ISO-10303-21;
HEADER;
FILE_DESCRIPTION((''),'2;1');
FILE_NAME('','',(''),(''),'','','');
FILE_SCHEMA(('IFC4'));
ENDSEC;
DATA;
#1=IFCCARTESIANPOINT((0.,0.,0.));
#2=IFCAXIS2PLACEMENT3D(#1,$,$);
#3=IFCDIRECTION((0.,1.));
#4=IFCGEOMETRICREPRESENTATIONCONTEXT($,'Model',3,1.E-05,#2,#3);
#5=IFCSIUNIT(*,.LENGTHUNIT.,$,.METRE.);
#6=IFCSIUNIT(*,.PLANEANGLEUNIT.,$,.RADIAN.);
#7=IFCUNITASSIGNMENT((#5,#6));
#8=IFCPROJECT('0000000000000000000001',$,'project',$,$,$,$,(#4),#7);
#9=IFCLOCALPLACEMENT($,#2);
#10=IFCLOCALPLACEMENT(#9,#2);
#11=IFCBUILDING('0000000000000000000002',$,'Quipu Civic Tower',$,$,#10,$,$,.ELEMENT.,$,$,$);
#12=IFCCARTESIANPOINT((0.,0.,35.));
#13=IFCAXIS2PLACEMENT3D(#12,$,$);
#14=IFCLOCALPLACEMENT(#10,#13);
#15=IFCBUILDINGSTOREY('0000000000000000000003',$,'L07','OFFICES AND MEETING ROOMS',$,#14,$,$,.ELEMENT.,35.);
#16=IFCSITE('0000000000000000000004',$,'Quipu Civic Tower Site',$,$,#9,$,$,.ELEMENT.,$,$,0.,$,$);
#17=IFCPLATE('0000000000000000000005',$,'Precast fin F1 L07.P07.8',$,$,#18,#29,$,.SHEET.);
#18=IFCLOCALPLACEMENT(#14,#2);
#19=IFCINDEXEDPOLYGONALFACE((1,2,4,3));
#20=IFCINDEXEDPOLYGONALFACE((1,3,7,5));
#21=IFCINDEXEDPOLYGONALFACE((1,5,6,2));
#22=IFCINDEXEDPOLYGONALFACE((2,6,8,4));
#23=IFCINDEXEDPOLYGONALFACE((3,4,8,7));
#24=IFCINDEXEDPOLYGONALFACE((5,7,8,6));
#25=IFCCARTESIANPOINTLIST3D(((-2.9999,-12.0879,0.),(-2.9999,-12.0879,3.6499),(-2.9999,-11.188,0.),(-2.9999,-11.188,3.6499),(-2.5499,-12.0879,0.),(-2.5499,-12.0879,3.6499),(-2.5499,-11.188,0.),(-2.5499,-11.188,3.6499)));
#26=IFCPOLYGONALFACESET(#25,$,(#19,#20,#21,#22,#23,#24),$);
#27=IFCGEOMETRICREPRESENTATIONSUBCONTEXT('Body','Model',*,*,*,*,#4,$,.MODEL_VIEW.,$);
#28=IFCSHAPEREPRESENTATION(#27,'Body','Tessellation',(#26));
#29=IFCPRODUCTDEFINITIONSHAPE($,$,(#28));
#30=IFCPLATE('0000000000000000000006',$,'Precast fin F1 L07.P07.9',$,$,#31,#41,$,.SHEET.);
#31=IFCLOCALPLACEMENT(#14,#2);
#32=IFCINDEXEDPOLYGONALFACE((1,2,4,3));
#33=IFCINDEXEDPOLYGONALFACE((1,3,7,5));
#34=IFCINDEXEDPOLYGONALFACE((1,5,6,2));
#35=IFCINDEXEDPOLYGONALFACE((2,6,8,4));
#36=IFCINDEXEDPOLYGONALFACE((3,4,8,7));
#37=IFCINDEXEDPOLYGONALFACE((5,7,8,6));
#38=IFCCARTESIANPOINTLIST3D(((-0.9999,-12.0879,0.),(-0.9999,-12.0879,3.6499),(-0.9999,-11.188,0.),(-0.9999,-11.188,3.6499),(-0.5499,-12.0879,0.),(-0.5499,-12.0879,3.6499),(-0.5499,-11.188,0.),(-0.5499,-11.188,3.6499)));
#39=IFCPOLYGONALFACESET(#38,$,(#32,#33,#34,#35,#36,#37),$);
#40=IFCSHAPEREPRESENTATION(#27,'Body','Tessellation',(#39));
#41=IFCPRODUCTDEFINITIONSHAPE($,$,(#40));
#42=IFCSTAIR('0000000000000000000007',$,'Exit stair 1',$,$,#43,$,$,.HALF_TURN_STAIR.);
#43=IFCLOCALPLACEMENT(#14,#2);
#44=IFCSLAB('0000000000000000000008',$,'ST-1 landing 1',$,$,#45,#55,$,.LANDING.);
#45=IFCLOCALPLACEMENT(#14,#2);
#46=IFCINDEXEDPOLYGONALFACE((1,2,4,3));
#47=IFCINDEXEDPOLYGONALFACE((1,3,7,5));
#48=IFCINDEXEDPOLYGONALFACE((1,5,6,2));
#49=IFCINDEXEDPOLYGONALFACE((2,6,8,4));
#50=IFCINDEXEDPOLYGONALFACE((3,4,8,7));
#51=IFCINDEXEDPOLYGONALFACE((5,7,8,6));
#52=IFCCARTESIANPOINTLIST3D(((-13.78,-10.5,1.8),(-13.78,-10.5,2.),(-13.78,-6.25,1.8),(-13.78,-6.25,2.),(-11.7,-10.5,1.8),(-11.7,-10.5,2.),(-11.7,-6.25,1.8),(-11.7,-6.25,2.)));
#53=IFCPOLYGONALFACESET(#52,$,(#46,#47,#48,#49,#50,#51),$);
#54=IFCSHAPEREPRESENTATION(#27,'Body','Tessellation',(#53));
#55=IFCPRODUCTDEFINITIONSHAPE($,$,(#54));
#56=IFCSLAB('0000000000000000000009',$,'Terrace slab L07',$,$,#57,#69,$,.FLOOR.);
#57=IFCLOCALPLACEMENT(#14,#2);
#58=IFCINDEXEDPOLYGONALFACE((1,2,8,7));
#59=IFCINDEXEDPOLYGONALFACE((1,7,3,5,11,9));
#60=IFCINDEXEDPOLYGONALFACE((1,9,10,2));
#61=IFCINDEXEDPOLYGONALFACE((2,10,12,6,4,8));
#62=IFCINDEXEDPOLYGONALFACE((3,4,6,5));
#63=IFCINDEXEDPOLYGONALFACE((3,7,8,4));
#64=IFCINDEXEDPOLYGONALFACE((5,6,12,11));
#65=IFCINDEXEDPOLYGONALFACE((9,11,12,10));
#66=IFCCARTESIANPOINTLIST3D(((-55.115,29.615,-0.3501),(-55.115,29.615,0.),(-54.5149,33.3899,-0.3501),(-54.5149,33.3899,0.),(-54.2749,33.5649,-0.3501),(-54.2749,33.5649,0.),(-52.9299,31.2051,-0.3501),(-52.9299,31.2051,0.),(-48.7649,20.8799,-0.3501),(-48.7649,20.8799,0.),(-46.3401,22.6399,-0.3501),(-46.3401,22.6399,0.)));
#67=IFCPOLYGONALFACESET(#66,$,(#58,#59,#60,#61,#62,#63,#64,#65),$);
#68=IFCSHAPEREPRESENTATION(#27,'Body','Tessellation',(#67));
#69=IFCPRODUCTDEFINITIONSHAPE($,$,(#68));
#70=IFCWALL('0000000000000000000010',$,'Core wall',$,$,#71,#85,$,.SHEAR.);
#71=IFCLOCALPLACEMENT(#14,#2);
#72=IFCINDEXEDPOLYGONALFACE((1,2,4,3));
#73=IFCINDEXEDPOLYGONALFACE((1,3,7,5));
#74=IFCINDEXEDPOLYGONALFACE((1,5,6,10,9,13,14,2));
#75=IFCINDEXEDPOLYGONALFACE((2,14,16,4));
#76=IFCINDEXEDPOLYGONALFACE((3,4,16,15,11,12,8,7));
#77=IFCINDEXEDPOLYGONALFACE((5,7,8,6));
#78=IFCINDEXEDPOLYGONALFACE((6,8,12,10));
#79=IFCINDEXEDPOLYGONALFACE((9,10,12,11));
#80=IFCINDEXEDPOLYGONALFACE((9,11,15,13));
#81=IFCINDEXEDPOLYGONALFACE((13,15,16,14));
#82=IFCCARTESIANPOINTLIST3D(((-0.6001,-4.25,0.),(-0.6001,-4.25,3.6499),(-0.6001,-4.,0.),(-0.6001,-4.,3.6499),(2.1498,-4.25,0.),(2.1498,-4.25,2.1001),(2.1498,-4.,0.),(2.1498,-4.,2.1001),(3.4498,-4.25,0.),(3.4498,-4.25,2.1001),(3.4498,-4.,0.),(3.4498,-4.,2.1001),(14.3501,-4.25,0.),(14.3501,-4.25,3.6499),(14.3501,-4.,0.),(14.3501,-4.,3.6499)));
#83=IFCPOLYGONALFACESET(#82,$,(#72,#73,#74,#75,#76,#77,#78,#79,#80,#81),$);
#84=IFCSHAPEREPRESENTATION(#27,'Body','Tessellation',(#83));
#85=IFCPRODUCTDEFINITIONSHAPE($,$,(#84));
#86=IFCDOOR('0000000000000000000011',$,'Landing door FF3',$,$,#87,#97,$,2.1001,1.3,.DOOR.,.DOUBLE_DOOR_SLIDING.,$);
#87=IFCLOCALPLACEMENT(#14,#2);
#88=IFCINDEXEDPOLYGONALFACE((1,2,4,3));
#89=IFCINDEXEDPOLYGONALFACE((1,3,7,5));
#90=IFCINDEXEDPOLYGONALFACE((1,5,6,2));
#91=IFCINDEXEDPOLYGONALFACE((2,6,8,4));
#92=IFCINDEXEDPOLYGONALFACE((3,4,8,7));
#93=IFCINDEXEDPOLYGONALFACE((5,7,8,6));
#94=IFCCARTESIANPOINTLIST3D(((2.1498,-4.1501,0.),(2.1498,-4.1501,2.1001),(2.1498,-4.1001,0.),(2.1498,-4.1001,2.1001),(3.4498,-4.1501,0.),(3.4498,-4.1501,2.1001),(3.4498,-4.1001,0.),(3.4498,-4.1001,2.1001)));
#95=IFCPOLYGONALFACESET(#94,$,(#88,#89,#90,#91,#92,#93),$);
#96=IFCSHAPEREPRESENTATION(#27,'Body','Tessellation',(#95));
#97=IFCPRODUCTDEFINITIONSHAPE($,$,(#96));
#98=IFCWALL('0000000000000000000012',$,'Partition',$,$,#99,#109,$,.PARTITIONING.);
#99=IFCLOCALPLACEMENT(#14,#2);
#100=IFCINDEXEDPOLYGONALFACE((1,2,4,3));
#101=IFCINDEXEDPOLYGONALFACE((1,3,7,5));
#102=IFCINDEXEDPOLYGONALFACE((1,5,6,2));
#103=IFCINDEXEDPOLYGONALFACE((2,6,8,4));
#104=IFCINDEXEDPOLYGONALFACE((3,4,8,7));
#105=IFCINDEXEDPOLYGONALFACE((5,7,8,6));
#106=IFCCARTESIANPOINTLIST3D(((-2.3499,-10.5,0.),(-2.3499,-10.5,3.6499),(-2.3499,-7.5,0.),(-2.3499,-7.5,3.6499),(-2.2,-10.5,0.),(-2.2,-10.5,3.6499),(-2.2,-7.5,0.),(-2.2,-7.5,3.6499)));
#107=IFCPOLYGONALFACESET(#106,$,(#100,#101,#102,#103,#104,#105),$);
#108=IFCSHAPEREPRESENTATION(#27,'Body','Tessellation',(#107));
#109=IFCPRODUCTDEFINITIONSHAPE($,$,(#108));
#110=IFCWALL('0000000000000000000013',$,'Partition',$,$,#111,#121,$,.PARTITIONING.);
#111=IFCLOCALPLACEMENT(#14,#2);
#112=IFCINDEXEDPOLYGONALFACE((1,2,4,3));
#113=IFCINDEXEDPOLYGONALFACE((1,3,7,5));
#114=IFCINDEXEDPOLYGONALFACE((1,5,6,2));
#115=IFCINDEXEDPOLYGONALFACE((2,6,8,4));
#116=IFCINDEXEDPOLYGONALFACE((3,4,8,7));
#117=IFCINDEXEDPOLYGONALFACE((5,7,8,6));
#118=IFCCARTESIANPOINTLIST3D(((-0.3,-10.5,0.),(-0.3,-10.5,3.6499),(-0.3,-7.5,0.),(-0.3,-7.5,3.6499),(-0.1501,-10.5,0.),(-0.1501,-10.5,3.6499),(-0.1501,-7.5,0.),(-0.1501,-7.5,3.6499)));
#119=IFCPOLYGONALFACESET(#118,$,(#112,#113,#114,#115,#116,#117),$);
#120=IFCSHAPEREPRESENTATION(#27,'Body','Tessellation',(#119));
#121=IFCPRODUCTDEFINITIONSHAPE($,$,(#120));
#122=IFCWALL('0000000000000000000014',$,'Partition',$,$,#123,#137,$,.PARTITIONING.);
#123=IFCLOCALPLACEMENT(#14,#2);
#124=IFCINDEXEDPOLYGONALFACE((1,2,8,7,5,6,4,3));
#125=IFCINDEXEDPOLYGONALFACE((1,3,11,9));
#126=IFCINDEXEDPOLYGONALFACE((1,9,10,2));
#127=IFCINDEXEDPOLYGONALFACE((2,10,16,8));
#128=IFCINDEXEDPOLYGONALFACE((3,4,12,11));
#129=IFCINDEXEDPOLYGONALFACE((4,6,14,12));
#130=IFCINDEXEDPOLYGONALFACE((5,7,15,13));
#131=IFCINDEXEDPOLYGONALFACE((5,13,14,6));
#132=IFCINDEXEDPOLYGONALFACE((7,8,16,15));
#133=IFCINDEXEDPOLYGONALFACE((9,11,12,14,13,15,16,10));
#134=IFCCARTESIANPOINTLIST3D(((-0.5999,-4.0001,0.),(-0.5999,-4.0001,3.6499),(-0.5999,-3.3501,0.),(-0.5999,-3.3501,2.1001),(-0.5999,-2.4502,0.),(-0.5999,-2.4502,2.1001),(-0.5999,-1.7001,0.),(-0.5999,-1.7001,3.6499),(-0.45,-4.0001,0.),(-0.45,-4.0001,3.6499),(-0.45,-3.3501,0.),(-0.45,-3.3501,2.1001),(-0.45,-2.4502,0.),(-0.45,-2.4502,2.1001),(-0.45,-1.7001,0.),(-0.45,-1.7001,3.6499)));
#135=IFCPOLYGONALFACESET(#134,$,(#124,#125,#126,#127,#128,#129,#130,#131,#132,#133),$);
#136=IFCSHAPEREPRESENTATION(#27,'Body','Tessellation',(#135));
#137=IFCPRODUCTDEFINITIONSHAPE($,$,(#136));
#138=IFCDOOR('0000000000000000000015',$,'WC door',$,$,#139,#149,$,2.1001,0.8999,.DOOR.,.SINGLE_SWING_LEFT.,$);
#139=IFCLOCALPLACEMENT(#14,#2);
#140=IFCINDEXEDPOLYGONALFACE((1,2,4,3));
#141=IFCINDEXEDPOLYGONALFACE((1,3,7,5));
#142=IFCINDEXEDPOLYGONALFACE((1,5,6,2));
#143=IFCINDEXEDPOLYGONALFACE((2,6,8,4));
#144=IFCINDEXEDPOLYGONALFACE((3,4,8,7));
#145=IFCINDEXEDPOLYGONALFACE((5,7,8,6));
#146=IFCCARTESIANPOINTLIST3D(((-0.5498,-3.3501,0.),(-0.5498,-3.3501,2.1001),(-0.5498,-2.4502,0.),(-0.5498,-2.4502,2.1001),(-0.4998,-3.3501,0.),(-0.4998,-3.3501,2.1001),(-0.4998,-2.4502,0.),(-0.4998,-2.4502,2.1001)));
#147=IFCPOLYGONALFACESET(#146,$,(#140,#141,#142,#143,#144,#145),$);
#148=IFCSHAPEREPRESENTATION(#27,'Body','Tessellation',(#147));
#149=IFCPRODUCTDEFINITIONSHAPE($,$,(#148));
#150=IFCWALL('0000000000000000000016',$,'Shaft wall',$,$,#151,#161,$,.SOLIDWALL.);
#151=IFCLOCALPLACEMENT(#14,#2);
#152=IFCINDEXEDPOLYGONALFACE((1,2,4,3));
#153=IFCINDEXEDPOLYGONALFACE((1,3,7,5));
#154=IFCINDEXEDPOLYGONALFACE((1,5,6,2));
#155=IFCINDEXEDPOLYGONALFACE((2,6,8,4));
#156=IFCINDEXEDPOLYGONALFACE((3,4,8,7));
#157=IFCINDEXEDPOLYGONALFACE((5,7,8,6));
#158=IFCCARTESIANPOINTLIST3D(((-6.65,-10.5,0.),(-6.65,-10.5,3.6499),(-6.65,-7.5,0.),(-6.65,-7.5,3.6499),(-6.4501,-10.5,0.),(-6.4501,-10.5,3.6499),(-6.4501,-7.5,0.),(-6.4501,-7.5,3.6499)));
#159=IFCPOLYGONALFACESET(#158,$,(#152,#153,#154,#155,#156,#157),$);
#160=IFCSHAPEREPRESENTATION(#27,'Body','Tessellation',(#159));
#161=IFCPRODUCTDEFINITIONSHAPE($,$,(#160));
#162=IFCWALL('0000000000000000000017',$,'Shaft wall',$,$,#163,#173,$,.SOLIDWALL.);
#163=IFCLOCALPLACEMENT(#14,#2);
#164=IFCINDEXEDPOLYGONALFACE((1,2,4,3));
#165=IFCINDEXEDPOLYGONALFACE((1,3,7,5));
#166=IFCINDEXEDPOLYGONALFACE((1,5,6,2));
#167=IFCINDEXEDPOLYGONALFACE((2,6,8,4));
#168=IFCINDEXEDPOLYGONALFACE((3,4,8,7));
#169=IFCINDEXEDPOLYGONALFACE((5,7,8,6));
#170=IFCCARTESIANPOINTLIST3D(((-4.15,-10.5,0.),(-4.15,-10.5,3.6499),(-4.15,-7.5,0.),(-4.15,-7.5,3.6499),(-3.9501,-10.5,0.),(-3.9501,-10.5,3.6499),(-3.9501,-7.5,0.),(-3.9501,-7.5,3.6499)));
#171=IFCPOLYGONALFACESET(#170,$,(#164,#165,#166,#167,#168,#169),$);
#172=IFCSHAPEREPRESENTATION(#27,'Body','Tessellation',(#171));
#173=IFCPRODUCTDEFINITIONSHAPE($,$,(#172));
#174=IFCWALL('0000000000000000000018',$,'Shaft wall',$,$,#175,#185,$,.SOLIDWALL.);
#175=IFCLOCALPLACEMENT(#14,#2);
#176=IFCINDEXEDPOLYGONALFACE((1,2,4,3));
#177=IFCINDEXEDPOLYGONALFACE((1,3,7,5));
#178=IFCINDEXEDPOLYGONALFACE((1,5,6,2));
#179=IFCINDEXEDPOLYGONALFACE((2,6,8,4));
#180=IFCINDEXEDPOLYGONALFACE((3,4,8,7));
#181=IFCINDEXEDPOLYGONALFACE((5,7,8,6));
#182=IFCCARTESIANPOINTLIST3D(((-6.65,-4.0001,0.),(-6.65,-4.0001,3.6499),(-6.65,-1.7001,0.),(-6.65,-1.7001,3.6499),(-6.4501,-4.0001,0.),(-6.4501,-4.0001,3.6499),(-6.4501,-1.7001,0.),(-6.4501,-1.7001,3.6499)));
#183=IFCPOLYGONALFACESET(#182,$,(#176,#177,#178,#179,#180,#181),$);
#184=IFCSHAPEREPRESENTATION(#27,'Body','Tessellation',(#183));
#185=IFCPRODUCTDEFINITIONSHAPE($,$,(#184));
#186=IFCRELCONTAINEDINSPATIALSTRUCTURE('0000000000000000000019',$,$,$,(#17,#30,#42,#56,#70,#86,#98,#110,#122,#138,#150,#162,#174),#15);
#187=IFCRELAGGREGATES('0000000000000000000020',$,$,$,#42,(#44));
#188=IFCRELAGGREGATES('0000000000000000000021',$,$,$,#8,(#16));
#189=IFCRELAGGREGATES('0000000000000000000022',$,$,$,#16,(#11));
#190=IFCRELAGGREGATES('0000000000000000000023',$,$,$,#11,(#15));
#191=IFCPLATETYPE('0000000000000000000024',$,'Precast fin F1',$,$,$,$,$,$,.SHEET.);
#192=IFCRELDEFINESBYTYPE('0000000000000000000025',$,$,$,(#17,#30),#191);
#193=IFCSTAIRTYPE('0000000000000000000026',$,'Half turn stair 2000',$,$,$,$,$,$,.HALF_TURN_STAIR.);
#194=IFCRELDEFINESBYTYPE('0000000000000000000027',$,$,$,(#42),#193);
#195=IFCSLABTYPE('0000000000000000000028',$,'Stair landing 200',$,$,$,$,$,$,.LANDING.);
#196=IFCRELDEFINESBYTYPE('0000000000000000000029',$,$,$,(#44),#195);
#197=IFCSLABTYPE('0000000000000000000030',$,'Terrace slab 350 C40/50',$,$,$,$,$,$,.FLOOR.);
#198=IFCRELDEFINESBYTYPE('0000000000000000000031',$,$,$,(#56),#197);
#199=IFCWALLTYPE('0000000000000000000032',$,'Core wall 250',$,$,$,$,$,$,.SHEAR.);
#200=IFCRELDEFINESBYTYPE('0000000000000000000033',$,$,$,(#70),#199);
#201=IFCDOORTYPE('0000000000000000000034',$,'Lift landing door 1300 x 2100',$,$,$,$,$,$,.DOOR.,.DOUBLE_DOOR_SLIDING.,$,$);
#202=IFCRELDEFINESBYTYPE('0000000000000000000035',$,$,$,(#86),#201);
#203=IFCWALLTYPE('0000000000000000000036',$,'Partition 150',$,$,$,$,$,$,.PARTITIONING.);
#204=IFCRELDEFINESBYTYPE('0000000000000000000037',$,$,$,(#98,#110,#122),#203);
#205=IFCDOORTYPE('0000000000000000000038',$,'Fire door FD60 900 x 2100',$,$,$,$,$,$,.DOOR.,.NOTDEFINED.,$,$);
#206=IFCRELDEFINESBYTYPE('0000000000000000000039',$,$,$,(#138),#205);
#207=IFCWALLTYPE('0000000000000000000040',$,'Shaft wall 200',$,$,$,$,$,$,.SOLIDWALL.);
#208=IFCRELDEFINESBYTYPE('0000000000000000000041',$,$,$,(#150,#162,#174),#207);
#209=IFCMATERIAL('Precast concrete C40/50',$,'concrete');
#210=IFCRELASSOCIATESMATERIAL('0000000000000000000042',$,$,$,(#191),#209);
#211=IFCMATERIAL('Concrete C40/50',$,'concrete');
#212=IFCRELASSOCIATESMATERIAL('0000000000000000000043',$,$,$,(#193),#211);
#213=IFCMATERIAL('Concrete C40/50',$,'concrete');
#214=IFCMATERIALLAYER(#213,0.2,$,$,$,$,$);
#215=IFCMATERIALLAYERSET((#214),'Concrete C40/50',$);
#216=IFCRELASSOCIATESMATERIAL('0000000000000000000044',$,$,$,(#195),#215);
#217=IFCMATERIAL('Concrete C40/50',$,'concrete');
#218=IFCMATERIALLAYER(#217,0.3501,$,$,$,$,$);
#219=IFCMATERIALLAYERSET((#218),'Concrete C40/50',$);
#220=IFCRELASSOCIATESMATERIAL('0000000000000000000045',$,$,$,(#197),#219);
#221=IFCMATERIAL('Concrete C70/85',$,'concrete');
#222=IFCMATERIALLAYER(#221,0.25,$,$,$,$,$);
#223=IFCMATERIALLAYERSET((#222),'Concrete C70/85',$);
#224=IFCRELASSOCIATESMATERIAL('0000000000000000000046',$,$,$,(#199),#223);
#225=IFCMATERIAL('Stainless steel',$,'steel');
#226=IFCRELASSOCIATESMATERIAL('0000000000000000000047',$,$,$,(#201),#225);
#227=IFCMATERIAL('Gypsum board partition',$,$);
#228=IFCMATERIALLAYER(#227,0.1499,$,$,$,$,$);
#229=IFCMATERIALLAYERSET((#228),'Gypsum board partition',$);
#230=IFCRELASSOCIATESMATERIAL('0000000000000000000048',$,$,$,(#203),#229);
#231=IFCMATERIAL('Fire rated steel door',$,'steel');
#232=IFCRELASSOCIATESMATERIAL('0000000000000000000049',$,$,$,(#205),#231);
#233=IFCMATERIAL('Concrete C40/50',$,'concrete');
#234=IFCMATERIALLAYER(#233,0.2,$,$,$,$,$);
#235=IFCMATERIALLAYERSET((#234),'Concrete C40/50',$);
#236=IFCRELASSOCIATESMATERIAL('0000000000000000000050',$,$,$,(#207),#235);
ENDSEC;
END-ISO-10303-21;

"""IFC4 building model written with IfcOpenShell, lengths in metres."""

from ifc_helpers import new_model, si_unit, direction, frame, frame_2d, origin, origin_2d, place, context, subcontext, project, spatial, polyline, rectangle, outline, extrude, material, layer, layer_set, type_object, element, fill, aggregate, save


model = new_model("IFC4")

# Units and contexts
model_context = context("Model", 3, precision=1e-05, world=origin(), true_north=direction((0.0, 1.0)))
body_context = subcontext(model_context, "Body", "Model", "MODEL_VIEW")
ifc_project = project(units=[si_unit("LENGTHUNIT", "METRE"), si_unit("PLANEANGLEUNIT", "RADIAN")], contexts=[model_context])

# Site, building, storey
site_placement = place(None, origin())
site = spatial("IfcSite", under=ifc_project, at=site_placement, Name="Quipu Civic Tower Site", CompositionType="ELEMENT", RefElevation=0.0)
building_placement = place(site_placement, origin())
building = spatial("IfcBuilding", under=site, at=building_placement, Name="Quipu Civic Tower", CompositionType="ELEMENT")
storey_placement = place(building_placement, frame((0.0, 0.0, 35.0)))
storey = spatial("IfcBuildingStorey", under=building, at=storey_placement, Name="L07", Description="OFFICES AND MEETING ROOMS", CompositionType="ELEMENT", Elevation=35.0)

# Plates
ifc_material_1 = material(Name="Precast concrete C40/50", Category="concrete")
plate_type = type_object("IfcPlateType", Name="Precast fin F1", PredefinedType="SHEET", material=ifc_material_1)
for number, where, z_axis, x_axis, name in (
    (1, (-2.7749, -11.6379, 0.0), (0.0, 0.0, 1.0), (1.0, 0.0, 0.0), "Precast fin F1 L07.P07.8"),
    (2, (-0.7749, -11.6379, 0.0), (0.0, 0.0, 1.0), (1.0, 0.0, 0.0), "Precast fin F1 L07.P07.9"),
):
    element("IfcPlate", number, at=place(storey_placement, frame(where, z_axis=z_axis, x_axis=x_axis)), inside=storey, type_object=plate_type, Name=name, PredefinedType="SHEET", context=body_context, shape_type="SweptSolid", body=[
        extrude(rectangle(XDim=0.45, YDim=0.8999, at=origin_2d()), origin(), (0.0, 0.0, 1.0), 3.6499),
    ])

# Stair, slab
ifc_material_2 = material(Name="Concrete C40/50", Category="concrete")
stair_type = type_object("IfcStairType", Name="Half turn stair 2000", PredefinedType="HALF_TURN_STAIR", material=ifc_material_2)
stair_placement = place(storey_placement, origin())
stair = element("IfcStair", 3, at=stair_placement, inside=storey, type_object=stair_type, Name="Exit stair 1", PredefinedType="HALF_TURN_STAIR")
ifc_material_3 = material(Name="Concrete C40/50", Category="concrete")
ifc_layer_1 = layer(ifc_material_3, 0.2)
ifc_layer_set_1 = layer_set([ifc_layer_1], Name="Concrete C40/50")
slab_type_1 = type_object("IfcSlabType", Name="Stair landing 200", PredefinedType="LANDING", material=ifc_layer_set_1)
slab_1_placement = place(storey_placement, frame((0.0, 0.0, 1.8)))
slab_1 = element("IfcSlab", 4, at=slab_1_placement, type_object=slab_type_1, Name="ST-1 landing 1", PredefinedType="LANDING", context=body_context, shape_type="SweptSolid", body=[
    extrude(outline(polyline([(-13.78, -10.5), (-11.7, -10.5), (-11.7, -6.25), (-13.78, -6.25), (-13.78, -10.5)])), origin(), (0.0, 0.0, 1.0), 0.2),
])
aggregate(stair, [slab_1])

# Slab
ifc_material_4 = material(Name="Concrete C40/50", Category="concrete")
ifc_layer_2 = layer(ifc_material_4, 0.3501)
ifc_layer_set_2 = layer_set([ifc_layer_2], Name="Concrete C40/50")
slab_type_2 = type_object("IfcSlabType", Name="Terrace slab 350 C40/50", PredefinedType="FLOOR", material=ifc_layer_set_2)
slab_2_placement = place(storey_placement, frame((0.0, 0.0, -0.3501)))
element("IfcSlab", 5, at=slab_2_placement, inside=storey, type_object=slab_type_2, Name="Terrace slab L07", PredefinedType="FLOOR", context=body_context, shape_type="SweptSolid", body=[
    extrude(outline(polyline([(-52.9299, 31.2051), (-54.5149, 33.3899), (-54.2749, 33.5649), (-46.3401, 22.6399), (-48.7649, 20.8799), (-55.115, 29.615), (-52.9299, 31.2051)])), origin(), (0.0, 0.0, 1.0), 0.3501),
])

# Wall, opening, door
ifc_material_5 = material(Name="Concrete C70/85", Category="concrete")
ifc_layer_3 = layer(ifc_material_5, 0.25)
ifc_layer_set_3 = layer_set([ifc_layer_3], Name="Concrete C70/85")
wall_type_1 = type_object("IfcWallType", Name="Core wall 250", PredefinedType="SHEAR", material=ifc_layer_set_3)
wall_1_placement = place(storey_placement, frame((-0.6001, -4.125, 0.0), z_axis=(0.0, 0.0, 1.0), x_axis=(1.0, 0.0, 0.0)))
wall_1 = element("IfcWall", 6, at=wall_1_placement, inside=storey, type_object=wall_type_1, Name="Core wall", PredefinedType="SHEAR", context=body_context, shape_type="SweptSolid", body=[
    extrude(rectangle(XDim=14.9502, YDim=0.25, at=frame_2d((7.4751, 0.0))), origin(), (0.0, 0.0, 1.0), 3.6499),
])
opening_1_placement = place(wall_1_placement, frame((2.75, 0.0, 0.0)))
opening_1 = element("IfcOpeningElement", 7, at=opening_1_placement, cuts=wall_1, PredefinedType="OPENING", context=body_context, shape_type="SweptSolid", body=[
    extrude(rectangle(XDim=1.3, YDim=2.1001, at=frame_2d((0.6499, 1.05))), frame((0.0, 0.135, 0.0), z_axis=(0.0, -1.0, 0.0), x_axis=(1.0, 0.0, 0.0)), (0.0, 0.0, 1.0), 0.27),
])
ifc_material_6 = material(Name="Stainless steel", Category="steel")
door_type_1 = type_object("IfcDoorType", Name="Lift landing door 1300 x 2100", OperationType="DOUBLE_DOOR_SLIDING", PredefinedType="DOOR", material=ifc_material_6)
door_1_placement = place(opening_1_placement, origin())
door_1 = element("IfcDoor", 8, at=door_1_placement, inside=storey, type_object=door_type_1, Name="Landing door FF3", OperationType="DOUBLE_DOOR_SLIDING", OverallHeight=2.1001, OverallWidth=1.3, PredefinedType="DOOR", context=body_context, shape_type="SweptSolid", body=[
    extrude(rectangle(XDim=1.3, YDim=2.1001, at=frame_2d((0.6499, 1.05))), frame((0.0, 0.0249, 0.0), z_axis=(0.0, -1.0, 0.0), x_axis=(1.0, 0.0, 0.0)), (0.0, 0.0, 1.0), 0.05),
])
fill(opening_1, door_1)

# Walls
ifc_material_7 = material(Name="Gypsum board partition")
ifc_layer_4 = layer(ifc_material_7, 0.1499)
ifc_layer_set_4 = layer_set([ifc_layer_4], Name="Gypsum board partition")
wall_type_2 = type_object("IfcWallType", Name="Partition 150", PredefinedType="PARTITIONING", material=ifc_layer_set_4)
for number, where, z_axis, x_axis, name in (
    (9, (-2.2749, -10.5, 0.0), (0.0, 0.0, 1.0), (0.0, 1.0, 0.0), "Partition"),
    (10, (-0.2251, -10.5, 0.0), (0.0, 0.0, 1.0), (0.0, 1.0, 0.0), "Partition"),
):
    element("IfcWall", number, at=place(storey_placement, frame(where, z_axis=z_axis, x_axis=x_axis)), inside=storey, type_object=wall_type_2, Name=name, PredefinedType="PARTITIONING", context=body_context, shape_type="SweptSolid", body=[
        extrude(rectangle(XDim=3.0, YDim=0.1499, at=frame_2d((1.5, 0.0))), origin(), (0.0, 0.0, 1.0), 3.6499),
    ])

# Wall, opening, door
wall_2_placement = place(storey_placement, frame((-0.5249, -4.0, 0.0), z_axis=(0.0, 0.0, 1.0), x_axis=(0.0, 1.0, 0.0)))
wall_2 = element("IfcWall", 11, at=wall_2_placement, inside=storey, type_object=wall_type_2, Name="Partition", PredefinedType="PARTITIONING", context=body_context, shape_type="SweptSolid", body=[
    extrude(rectangle(XDim=2.3, YDim=0.1499, at=frame_2d((1.1499, 0.0))), origin(), (0.0, 0.0, 1.0), 3.6499),
])
opening_2_placement = place(wall_2_placement, frame((0.6499, 0.0, 0.0)))
opening_2 = element("IfcOpeningElement", 12, at=opening_2_placement, cuts=wall_2, PredefinedType="OPENING", context=body_context, shape_type="SweptSolid", body=[
    extrude(rectangle(XDim=0.8999, YDim=2.1001, at=frame_2d((0.45, 1.05))), frame((0.0, 0.085, 0.0), z_axis=(0.0, -1.0, 0.0), x_axis=(1.0, 0.0, 0.0)), (0.0, 0.0, 1.0), 0.1699),
])
ifc_material_8 = material(Name="Fire rated steel door", Category="steel")
door_type_2 = type_object("IfcDoorType", Name="Fire door FD60 900 x 2100", OperationType="NOTDEFINED", PredefinedType="DOOR", material=ifc_material_8)
door_2_placement = place(opening_2_placement, origin())
door_2 = element("IfcDoor", 13, at=door_2_placement, inside=storey, type_object=door_type_2, Name="WC door", OperationType="SINGLE_SWING_LEFT", OverallHeight=2.1001, OverallWidth=0.8999, PredefinedType="DOOR", context=body_context, shape_type="SweptSolid", body=[
    extrude(rectangle(XDim=0.8999, YDim=2.1001, at=frame_2d((0.45, 1.05))), frame((0.0, 0.0249, 0.0), z_axis=(0.0, -1.0, 0.0), x_axis=(1.0, 0.0, 0.0)), (0.0, 0.0, 1.0), 0.05),
])
fill(opening_2, door_2)

# Walls
ifc_material_9 = material(Name="Concrete C40/50", Category="concrete")
ifc_layer_5 = layer(ifc_material_9, 0.2)
ifc_layer_set_5 = layer_set([ifc_layer_5], Name="Concrete C40/50")
wall_type_3 = type_object("IfcWallType", Name="Shaft wall 200", PredefinedType="SOLIDWALL", material=ifc_layer_set_5)
for number, where, z_axis, x_axis, name in (
    (14, (-6.55, -10.5, 0.0), (0.0, 0.0, 1.0), (0.0, 1.0, 0.0), "Shaft wall"),
    (15, (-4.05, -10.5, 0.0), (0.0, 0.0, 1.0), (0.0, 1.0, 0.0), "Shaft wall"),
):
    element("IfcWall", number, at=place(storey_placement, frame(where, z_axis=z_axis, x_axis=x_axis)), inside=storey, type_object=wall_type_3, Name=name, PredefinedType="SOLIDWALL", context=body_context, shape_type="SweptSolid", body=[
        extrude(rectangle(XDim=3.0, YDim=0.2, at=frame_2d((1.5, 0.0))), origin(), (0.0, 0.0, 1.0), 3.6499),
    ])
for number, where, z_axis, x_axis, name in (
    (16, (-6.55, -4.0, 0.0), (0.0, 0.0, 1.0), (0.0, 1.0, 0.0), "Shaft wall"),
):
    element("IfcWall", number, at=place(storey_placement, frame(where, z_axis=z_axis, x_axis=x_axis)), inside=storey, type_object=wall_type_3, Name=name, PredefinedType="SOLIDWALL", context=body_context, shape_type="SweptSolid", body=[
        extrude(rectangle(XDim=2.3, YDim=0.2, at=frame_2d((1.1499, 0.0))), origin(), (0.0, 0.0, 1.0), 3.6499),
    ])

save(model, "model.ifc")
